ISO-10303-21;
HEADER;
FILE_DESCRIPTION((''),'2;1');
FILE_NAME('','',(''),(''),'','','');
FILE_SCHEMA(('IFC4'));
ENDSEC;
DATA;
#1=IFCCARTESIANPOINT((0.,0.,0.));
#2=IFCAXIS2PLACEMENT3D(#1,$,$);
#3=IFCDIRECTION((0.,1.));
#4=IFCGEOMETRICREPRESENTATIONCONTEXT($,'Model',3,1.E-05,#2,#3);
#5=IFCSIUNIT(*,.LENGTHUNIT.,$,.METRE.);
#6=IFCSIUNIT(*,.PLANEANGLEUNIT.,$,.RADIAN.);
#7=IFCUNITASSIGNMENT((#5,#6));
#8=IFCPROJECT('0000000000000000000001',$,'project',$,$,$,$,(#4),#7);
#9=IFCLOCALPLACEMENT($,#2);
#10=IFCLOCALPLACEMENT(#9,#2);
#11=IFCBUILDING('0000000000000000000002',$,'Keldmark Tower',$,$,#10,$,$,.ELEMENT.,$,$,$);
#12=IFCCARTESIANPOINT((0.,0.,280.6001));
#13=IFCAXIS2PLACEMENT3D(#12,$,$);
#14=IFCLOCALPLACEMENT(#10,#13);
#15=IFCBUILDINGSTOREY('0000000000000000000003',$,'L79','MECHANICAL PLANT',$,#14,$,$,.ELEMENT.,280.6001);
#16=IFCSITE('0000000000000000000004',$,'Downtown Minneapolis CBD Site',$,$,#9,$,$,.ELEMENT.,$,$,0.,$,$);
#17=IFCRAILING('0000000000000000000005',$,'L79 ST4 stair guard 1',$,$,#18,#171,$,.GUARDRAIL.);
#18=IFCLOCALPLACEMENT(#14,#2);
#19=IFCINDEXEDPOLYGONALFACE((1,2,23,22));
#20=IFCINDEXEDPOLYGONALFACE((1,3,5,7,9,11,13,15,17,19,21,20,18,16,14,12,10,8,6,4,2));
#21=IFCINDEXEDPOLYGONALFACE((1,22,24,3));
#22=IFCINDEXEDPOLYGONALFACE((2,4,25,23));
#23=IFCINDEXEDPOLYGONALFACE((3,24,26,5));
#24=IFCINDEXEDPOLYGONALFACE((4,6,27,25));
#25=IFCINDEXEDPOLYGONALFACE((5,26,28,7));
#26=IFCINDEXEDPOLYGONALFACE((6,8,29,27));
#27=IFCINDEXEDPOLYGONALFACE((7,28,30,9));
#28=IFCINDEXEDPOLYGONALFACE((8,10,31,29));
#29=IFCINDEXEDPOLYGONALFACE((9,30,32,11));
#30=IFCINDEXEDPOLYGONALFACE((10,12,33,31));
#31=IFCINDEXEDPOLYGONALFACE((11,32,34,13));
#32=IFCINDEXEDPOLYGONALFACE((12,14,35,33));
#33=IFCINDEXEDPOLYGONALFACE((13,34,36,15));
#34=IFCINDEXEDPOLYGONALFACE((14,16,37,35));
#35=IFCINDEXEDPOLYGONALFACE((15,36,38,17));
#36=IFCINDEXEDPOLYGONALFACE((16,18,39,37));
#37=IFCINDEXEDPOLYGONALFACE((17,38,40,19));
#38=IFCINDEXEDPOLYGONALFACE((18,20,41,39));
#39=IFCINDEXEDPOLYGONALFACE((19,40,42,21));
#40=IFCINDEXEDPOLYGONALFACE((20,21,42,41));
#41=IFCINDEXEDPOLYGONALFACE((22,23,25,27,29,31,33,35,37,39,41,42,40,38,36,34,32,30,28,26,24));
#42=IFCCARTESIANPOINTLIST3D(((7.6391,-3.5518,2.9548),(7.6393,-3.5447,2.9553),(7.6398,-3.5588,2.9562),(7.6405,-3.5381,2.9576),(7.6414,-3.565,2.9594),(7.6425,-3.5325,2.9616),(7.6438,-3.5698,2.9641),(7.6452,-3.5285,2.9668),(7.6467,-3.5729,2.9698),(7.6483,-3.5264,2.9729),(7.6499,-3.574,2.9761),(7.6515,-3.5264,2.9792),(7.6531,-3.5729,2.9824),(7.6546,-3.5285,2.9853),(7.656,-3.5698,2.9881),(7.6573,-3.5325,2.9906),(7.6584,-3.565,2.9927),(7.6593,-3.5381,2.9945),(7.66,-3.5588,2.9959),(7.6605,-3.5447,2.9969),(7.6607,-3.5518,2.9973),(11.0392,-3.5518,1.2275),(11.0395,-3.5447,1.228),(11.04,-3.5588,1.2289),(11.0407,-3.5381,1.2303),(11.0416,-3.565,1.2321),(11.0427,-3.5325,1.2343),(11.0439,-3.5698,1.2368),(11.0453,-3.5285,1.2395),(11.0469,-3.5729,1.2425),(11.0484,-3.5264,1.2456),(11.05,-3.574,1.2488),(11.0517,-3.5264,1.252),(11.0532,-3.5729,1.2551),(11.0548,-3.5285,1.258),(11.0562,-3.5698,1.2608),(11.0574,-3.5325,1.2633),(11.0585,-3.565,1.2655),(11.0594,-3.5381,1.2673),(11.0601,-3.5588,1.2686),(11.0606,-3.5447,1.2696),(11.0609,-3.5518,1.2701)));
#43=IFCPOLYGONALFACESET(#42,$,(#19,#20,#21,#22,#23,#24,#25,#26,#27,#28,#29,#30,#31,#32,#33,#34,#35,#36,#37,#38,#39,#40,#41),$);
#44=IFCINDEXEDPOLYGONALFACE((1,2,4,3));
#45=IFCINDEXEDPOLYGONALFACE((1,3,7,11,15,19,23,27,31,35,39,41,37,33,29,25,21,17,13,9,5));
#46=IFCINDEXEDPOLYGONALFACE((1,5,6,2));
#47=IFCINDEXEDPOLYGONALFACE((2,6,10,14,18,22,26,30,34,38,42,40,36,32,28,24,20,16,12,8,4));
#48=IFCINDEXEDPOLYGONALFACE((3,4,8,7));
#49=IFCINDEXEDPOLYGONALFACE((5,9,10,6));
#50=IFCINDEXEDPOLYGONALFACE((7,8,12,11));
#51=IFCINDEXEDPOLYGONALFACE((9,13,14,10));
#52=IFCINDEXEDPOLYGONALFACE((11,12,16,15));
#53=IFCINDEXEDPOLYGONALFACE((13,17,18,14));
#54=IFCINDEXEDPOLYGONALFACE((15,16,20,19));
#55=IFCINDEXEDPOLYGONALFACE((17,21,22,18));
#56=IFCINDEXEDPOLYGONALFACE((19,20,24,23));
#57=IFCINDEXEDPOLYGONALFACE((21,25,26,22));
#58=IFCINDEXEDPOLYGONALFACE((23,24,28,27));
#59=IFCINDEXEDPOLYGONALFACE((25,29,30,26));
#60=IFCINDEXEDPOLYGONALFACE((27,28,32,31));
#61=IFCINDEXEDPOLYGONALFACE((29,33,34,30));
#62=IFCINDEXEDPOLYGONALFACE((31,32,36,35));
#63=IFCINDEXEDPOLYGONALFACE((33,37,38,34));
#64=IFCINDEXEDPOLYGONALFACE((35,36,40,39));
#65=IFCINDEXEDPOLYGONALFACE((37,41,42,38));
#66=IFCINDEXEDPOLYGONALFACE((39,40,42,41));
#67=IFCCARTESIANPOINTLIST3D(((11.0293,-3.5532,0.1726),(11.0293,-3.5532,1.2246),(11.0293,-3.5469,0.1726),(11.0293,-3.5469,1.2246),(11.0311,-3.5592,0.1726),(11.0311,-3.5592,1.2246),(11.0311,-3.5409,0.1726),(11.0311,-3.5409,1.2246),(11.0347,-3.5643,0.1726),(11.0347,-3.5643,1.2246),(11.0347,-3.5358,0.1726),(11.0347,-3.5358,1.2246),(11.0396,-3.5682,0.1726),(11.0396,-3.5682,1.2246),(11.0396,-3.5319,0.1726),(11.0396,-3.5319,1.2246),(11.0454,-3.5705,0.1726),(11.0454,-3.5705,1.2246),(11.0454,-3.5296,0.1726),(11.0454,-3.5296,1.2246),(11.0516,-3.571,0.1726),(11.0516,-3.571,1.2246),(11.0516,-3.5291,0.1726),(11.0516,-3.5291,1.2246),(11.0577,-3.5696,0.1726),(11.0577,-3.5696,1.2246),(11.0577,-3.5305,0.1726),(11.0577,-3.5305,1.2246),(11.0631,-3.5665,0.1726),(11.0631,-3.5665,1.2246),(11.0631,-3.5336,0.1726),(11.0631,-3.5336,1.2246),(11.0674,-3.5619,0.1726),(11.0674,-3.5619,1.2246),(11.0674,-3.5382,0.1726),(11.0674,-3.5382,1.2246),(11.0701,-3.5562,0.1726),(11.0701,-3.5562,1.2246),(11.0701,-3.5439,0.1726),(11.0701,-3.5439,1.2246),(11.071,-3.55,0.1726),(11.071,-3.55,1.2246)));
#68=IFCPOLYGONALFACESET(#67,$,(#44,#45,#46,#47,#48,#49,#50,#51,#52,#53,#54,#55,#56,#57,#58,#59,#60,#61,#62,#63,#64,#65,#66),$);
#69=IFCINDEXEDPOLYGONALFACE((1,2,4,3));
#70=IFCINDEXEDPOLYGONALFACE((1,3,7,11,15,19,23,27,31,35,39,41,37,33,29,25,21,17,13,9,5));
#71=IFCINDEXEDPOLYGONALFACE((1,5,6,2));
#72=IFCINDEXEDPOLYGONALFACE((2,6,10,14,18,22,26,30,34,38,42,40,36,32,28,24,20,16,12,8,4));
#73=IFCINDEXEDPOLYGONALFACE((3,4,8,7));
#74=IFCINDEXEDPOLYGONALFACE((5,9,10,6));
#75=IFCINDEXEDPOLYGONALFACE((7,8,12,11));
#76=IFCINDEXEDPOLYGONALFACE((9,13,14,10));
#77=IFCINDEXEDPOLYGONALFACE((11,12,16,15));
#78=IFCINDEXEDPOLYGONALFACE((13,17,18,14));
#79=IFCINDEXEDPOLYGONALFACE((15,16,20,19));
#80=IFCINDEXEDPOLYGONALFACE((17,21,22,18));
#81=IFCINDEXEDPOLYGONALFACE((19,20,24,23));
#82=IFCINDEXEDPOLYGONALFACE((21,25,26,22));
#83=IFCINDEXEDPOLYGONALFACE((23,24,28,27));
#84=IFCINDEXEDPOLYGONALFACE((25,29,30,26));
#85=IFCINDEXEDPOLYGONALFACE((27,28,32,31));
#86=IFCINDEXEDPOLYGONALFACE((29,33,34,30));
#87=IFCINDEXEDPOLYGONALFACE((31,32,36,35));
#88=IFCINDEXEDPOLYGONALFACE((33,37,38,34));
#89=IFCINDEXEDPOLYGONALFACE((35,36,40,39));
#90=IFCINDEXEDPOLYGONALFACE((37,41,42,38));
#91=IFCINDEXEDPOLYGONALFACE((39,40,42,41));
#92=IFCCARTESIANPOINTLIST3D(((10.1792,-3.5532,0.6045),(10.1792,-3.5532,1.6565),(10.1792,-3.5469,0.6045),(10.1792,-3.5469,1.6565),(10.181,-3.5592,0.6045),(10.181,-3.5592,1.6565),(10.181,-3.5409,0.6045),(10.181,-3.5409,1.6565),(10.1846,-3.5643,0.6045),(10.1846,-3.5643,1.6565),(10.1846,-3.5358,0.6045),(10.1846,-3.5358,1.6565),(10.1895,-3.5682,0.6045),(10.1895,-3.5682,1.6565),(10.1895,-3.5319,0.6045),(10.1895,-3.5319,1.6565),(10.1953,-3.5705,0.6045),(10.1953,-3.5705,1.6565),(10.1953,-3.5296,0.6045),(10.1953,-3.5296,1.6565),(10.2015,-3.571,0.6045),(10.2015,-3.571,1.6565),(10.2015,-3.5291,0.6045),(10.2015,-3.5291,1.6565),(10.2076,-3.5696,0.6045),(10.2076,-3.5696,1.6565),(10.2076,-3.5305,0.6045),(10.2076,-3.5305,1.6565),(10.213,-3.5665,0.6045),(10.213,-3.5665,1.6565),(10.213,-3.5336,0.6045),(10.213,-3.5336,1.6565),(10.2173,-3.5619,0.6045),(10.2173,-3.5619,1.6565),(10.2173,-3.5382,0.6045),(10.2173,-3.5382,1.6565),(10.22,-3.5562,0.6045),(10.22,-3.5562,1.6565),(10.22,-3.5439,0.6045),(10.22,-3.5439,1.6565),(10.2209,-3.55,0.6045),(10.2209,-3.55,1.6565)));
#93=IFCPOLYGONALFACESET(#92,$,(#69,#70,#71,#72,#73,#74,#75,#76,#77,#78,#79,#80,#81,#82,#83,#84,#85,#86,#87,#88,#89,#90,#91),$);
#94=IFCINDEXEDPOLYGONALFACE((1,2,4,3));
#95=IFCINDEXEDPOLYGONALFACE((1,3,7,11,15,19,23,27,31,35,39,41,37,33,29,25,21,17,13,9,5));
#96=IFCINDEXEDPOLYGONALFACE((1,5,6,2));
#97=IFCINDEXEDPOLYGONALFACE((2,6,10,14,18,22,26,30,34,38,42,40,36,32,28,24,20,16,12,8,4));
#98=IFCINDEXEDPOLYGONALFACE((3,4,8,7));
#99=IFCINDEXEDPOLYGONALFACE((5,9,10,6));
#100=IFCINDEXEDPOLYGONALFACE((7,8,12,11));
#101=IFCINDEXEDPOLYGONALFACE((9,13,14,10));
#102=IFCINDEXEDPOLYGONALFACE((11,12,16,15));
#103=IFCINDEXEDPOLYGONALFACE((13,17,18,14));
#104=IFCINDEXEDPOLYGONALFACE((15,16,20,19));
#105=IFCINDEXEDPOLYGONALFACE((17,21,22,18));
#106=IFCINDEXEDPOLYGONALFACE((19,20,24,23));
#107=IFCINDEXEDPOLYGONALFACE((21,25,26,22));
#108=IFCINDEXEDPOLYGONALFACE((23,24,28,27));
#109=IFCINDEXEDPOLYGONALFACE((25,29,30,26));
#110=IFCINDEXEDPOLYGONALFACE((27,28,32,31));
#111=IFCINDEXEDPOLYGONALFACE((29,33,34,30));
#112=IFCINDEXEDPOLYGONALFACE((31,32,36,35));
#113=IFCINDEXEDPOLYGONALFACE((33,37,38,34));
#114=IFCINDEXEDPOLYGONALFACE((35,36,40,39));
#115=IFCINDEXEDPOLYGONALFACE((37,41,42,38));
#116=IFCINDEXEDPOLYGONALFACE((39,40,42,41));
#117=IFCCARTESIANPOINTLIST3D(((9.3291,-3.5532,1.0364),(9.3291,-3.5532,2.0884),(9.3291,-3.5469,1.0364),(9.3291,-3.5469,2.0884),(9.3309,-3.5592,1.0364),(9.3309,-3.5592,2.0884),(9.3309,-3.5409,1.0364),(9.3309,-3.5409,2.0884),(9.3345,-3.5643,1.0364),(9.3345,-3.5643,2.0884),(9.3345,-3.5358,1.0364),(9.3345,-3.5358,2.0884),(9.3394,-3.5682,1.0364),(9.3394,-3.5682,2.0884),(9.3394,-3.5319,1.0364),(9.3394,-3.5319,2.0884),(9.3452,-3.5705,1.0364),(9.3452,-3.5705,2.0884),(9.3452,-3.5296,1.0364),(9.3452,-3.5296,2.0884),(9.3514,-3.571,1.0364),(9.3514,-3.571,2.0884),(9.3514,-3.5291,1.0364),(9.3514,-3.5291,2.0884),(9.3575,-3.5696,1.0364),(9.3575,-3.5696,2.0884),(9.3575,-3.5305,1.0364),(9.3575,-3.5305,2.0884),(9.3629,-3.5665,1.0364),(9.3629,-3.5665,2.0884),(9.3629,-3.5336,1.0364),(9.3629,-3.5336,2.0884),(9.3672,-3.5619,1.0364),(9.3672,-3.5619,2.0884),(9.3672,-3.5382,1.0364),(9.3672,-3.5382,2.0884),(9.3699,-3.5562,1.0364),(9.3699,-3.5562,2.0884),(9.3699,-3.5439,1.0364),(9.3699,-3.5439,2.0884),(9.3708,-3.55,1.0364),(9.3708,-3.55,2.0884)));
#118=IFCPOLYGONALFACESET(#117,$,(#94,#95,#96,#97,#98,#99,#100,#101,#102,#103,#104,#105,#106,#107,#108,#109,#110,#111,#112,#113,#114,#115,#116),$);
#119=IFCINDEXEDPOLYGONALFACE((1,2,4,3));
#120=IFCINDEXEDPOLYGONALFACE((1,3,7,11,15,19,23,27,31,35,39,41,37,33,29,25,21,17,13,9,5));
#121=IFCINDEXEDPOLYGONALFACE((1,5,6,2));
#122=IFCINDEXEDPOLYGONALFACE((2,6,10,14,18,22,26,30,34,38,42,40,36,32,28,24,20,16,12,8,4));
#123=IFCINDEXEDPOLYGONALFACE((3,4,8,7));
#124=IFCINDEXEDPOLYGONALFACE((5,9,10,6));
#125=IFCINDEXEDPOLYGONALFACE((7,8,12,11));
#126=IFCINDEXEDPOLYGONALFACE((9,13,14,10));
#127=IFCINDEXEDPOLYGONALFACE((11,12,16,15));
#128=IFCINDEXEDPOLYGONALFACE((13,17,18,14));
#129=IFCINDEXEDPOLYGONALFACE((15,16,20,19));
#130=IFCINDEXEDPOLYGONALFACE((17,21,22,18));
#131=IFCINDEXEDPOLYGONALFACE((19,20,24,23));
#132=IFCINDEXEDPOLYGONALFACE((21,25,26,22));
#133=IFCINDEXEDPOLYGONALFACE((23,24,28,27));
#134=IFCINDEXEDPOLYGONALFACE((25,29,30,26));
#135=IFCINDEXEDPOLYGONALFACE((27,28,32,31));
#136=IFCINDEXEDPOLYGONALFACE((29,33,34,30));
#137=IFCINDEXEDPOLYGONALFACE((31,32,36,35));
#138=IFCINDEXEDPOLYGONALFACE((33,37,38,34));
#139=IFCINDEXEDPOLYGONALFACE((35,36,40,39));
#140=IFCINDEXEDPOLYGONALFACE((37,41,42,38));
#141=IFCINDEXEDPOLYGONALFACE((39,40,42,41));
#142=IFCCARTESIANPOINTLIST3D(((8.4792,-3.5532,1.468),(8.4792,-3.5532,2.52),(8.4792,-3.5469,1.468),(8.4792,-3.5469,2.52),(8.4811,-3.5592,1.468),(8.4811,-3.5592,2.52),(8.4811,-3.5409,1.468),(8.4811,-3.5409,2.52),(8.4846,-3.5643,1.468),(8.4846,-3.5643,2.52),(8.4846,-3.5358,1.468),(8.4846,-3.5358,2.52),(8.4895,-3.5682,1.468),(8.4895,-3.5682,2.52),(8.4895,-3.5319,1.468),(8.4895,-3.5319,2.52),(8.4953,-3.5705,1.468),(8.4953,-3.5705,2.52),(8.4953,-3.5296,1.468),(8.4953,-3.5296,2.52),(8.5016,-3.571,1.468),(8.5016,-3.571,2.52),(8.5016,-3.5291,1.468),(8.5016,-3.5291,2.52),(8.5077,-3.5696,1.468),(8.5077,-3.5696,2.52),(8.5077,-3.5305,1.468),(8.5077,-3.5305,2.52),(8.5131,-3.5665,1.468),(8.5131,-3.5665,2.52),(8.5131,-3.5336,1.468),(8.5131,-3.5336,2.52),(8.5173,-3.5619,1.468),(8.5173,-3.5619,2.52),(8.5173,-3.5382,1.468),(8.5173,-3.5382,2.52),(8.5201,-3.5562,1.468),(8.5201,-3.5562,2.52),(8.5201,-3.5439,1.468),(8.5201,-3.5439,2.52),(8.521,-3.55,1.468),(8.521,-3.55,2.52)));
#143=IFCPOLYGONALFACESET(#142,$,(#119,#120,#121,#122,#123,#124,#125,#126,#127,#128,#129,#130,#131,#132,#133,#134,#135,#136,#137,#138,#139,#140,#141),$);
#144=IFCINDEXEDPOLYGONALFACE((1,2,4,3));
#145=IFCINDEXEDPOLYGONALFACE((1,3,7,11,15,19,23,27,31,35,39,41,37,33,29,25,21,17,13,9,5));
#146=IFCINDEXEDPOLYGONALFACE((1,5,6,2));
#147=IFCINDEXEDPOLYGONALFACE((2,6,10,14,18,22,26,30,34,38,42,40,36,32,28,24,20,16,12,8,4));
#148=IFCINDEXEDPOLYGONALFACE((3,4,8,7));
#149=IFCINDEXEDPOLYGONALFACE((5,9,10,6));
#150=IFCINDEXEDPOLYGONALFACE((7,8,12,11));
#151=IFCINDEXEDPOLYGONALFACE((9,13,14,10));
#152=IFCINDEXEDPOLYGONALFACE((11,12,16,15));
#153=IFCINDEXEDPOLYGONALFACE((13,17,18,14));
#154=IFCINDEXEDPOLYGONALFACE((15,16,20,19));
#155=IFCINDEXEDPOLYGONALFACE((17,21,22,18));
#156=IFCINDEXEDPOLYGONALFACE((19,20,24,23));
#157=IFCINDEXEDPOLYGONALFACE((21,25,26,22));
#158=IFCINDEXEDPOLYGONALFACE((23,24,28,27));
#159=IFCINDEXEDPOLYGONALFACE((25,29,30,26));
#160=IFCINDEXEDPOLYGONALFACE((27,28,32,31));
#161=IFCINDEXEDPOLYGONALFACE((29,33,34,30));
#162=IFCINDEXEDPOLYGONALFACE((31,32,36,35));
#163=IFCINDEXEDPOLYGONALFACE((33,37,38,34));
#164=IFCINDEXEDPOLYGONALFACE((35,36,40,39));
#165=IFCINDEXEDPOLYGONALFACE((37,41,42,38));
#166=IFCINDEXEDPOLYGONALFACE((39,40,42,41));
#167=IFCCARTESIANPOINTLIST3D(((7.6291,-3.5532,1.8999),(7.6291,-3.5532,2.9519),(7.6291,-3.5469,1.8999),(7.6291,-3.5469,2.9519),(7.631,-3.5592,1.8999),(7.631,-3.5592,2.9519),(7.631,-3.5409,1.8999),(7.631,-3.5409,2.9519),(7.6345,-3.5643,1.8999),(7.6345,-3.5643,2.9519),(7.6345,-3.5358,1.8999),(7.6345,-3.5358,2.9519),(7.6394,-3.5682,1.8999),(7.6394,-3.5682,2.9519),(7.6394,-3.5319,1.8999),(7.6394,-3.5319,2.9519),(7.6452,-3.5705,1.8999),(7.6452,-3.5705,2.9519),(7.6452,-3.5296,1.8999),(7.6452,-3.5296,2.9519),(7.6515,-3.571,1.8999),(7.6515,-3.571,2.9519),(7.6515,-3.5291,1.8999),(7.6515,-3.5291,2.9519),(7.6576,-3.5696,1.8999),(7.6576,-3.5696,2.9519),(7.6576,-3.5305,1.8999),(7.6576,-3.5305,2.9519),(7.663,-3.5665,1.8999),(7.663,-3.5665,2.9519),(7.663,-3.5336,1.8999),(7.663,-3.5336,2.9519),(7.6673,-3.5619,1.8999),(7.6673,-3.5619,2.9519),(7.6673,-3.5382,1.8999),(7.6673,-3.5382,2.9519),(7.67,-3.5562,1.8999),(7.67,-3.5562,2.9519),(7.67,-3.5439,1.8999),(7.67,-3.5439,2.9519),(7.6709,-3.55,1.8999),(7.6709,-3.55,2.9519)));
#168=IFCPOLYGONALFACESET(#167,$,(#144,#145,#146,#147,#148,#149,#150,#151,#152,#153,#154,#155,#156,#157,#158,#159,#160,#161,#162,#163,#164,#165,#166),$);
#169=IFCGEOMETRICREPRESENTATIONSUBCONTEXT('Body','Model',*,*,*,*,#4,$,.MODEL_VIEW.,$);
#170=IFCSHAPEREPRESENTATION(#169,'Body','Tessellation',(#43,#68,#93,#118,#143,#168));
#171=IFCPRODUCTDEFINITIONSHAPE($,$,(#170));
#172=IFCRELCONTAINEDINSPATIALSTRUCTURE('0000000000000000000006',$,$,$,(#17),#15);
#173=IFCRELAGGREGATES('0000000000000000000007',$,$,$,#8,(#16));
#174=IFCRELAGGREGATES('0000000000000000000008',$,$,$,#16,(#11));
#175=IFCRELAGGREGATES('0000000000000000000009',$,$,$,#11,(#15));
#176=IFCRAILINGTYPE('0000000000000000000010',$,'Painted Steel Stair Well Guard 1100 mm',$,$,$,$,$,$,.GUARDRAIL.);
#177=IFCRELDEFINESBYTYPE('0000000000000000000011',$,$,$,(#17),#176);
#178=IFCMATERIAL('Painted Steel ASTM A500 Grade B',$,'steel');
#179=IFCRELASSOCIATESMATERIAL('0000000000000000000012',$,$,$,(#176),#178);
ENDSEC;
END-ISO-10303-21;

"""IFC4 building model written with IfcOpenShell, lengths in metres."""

from ifc_helpers import new_model, si_unit, direction, frame, origin, origin_2d, place, context, subcontext, project, spatial, circle, extrude, material, type_object, element, save


model = new_model("IFC4")

# Units and contexts
model_context = context("Model", 3, precision=1e-05, world=origin(), true_north=direction((0.0, 1.0)))
body_context = subcontext(model_context, "Body", "Model", "MODEL_VIEW")
ifc_project = project(units=[si_unit("LENGTHUNIT", "METRE"), si_unit("PLANEANGLEUNIT", "RADIAN")], contexts=[model_context])

# Site, building, storey
site_placement = place(None, origin())
site = spatial("IfcSite", under=ifc_project, at=site_placement, Name="Downtown Minneapolis CBD Site", CompositionType="ELEMENT", RefElevation=0.0)
building_placement = place(site_placement, origin())
building = spatial("IfcBuilding", under=site, at=building_placement, Name="Keldmark Tower", CompositionType="ELEMENT")
storey_placement = place(building_placement, frame((0.0, 0.0, 280.6001)))
storey = spatial("IfcBuildingStorey", under=building, at=storey_placement, Name="L79", Description="MECHANICAL PLANT", CompositionType="ELEMENT", Elevation=280.6001)

# Railing
ifc_material_1 = material(Name="Painted Steel ASTM A500 Grade B", Category="steel")
railing_type = type_object("IfcRailingType", Name="Painted Steel Stair Well Guard 1100 mm", PredefinedType="GUARDRAIL", material=ifc_material_1)
railing_1_placement = place(storey_placement, frame((11.05, -3.55, 0.1726)))
element("IfcRailing", 1, at=railing_1_placement, inside=storey, type_object=railing_type, Name="L79 ST4 stair guard 1", PredefinedType="GUARDRAIL", context=body_context, shape_type="SweptSolid", body=[
    extrude(circle(Radius=0.0239, at=origin_2d()), frame((0.0, 0.0, 1.0762), z_axis=(-0.891554, 0.0, 0.452915), x_axis=(0.0, -1.0, 0.0)), (0.0, 0.0, 1.0), 3.8137),
    extrude(circle(Radius=0.021, at=origin_2d()), origin(), (0.0, 0.0, 1.0), 1.052),
    extrude(circle(Radius=0.021, at=origin_2d()), frame((-0.8501, 0.0, 0.4319)), (0.0, 0.0, 1.0), 1.052),
    extrude(circle(Radius=0.021, at=origin_2d()), frame((-1.7002, 0.0, 0.8638)), (0.0, 0.0, 1.0), 1.052),
    extrude(circle(Radius=0.021, at=origin_2d()), frame((-2.55, 0.0, 1.2954)), (0.0, 0.0, 1.0), 1.052),
    extrude(circle(Radius=0.021, at=origin_2d()), frame((-3.4001, 0.0, 1.7273)), (0.0, 0.0, 1.0), 1.052),
])

save(model, "model.ifc")
